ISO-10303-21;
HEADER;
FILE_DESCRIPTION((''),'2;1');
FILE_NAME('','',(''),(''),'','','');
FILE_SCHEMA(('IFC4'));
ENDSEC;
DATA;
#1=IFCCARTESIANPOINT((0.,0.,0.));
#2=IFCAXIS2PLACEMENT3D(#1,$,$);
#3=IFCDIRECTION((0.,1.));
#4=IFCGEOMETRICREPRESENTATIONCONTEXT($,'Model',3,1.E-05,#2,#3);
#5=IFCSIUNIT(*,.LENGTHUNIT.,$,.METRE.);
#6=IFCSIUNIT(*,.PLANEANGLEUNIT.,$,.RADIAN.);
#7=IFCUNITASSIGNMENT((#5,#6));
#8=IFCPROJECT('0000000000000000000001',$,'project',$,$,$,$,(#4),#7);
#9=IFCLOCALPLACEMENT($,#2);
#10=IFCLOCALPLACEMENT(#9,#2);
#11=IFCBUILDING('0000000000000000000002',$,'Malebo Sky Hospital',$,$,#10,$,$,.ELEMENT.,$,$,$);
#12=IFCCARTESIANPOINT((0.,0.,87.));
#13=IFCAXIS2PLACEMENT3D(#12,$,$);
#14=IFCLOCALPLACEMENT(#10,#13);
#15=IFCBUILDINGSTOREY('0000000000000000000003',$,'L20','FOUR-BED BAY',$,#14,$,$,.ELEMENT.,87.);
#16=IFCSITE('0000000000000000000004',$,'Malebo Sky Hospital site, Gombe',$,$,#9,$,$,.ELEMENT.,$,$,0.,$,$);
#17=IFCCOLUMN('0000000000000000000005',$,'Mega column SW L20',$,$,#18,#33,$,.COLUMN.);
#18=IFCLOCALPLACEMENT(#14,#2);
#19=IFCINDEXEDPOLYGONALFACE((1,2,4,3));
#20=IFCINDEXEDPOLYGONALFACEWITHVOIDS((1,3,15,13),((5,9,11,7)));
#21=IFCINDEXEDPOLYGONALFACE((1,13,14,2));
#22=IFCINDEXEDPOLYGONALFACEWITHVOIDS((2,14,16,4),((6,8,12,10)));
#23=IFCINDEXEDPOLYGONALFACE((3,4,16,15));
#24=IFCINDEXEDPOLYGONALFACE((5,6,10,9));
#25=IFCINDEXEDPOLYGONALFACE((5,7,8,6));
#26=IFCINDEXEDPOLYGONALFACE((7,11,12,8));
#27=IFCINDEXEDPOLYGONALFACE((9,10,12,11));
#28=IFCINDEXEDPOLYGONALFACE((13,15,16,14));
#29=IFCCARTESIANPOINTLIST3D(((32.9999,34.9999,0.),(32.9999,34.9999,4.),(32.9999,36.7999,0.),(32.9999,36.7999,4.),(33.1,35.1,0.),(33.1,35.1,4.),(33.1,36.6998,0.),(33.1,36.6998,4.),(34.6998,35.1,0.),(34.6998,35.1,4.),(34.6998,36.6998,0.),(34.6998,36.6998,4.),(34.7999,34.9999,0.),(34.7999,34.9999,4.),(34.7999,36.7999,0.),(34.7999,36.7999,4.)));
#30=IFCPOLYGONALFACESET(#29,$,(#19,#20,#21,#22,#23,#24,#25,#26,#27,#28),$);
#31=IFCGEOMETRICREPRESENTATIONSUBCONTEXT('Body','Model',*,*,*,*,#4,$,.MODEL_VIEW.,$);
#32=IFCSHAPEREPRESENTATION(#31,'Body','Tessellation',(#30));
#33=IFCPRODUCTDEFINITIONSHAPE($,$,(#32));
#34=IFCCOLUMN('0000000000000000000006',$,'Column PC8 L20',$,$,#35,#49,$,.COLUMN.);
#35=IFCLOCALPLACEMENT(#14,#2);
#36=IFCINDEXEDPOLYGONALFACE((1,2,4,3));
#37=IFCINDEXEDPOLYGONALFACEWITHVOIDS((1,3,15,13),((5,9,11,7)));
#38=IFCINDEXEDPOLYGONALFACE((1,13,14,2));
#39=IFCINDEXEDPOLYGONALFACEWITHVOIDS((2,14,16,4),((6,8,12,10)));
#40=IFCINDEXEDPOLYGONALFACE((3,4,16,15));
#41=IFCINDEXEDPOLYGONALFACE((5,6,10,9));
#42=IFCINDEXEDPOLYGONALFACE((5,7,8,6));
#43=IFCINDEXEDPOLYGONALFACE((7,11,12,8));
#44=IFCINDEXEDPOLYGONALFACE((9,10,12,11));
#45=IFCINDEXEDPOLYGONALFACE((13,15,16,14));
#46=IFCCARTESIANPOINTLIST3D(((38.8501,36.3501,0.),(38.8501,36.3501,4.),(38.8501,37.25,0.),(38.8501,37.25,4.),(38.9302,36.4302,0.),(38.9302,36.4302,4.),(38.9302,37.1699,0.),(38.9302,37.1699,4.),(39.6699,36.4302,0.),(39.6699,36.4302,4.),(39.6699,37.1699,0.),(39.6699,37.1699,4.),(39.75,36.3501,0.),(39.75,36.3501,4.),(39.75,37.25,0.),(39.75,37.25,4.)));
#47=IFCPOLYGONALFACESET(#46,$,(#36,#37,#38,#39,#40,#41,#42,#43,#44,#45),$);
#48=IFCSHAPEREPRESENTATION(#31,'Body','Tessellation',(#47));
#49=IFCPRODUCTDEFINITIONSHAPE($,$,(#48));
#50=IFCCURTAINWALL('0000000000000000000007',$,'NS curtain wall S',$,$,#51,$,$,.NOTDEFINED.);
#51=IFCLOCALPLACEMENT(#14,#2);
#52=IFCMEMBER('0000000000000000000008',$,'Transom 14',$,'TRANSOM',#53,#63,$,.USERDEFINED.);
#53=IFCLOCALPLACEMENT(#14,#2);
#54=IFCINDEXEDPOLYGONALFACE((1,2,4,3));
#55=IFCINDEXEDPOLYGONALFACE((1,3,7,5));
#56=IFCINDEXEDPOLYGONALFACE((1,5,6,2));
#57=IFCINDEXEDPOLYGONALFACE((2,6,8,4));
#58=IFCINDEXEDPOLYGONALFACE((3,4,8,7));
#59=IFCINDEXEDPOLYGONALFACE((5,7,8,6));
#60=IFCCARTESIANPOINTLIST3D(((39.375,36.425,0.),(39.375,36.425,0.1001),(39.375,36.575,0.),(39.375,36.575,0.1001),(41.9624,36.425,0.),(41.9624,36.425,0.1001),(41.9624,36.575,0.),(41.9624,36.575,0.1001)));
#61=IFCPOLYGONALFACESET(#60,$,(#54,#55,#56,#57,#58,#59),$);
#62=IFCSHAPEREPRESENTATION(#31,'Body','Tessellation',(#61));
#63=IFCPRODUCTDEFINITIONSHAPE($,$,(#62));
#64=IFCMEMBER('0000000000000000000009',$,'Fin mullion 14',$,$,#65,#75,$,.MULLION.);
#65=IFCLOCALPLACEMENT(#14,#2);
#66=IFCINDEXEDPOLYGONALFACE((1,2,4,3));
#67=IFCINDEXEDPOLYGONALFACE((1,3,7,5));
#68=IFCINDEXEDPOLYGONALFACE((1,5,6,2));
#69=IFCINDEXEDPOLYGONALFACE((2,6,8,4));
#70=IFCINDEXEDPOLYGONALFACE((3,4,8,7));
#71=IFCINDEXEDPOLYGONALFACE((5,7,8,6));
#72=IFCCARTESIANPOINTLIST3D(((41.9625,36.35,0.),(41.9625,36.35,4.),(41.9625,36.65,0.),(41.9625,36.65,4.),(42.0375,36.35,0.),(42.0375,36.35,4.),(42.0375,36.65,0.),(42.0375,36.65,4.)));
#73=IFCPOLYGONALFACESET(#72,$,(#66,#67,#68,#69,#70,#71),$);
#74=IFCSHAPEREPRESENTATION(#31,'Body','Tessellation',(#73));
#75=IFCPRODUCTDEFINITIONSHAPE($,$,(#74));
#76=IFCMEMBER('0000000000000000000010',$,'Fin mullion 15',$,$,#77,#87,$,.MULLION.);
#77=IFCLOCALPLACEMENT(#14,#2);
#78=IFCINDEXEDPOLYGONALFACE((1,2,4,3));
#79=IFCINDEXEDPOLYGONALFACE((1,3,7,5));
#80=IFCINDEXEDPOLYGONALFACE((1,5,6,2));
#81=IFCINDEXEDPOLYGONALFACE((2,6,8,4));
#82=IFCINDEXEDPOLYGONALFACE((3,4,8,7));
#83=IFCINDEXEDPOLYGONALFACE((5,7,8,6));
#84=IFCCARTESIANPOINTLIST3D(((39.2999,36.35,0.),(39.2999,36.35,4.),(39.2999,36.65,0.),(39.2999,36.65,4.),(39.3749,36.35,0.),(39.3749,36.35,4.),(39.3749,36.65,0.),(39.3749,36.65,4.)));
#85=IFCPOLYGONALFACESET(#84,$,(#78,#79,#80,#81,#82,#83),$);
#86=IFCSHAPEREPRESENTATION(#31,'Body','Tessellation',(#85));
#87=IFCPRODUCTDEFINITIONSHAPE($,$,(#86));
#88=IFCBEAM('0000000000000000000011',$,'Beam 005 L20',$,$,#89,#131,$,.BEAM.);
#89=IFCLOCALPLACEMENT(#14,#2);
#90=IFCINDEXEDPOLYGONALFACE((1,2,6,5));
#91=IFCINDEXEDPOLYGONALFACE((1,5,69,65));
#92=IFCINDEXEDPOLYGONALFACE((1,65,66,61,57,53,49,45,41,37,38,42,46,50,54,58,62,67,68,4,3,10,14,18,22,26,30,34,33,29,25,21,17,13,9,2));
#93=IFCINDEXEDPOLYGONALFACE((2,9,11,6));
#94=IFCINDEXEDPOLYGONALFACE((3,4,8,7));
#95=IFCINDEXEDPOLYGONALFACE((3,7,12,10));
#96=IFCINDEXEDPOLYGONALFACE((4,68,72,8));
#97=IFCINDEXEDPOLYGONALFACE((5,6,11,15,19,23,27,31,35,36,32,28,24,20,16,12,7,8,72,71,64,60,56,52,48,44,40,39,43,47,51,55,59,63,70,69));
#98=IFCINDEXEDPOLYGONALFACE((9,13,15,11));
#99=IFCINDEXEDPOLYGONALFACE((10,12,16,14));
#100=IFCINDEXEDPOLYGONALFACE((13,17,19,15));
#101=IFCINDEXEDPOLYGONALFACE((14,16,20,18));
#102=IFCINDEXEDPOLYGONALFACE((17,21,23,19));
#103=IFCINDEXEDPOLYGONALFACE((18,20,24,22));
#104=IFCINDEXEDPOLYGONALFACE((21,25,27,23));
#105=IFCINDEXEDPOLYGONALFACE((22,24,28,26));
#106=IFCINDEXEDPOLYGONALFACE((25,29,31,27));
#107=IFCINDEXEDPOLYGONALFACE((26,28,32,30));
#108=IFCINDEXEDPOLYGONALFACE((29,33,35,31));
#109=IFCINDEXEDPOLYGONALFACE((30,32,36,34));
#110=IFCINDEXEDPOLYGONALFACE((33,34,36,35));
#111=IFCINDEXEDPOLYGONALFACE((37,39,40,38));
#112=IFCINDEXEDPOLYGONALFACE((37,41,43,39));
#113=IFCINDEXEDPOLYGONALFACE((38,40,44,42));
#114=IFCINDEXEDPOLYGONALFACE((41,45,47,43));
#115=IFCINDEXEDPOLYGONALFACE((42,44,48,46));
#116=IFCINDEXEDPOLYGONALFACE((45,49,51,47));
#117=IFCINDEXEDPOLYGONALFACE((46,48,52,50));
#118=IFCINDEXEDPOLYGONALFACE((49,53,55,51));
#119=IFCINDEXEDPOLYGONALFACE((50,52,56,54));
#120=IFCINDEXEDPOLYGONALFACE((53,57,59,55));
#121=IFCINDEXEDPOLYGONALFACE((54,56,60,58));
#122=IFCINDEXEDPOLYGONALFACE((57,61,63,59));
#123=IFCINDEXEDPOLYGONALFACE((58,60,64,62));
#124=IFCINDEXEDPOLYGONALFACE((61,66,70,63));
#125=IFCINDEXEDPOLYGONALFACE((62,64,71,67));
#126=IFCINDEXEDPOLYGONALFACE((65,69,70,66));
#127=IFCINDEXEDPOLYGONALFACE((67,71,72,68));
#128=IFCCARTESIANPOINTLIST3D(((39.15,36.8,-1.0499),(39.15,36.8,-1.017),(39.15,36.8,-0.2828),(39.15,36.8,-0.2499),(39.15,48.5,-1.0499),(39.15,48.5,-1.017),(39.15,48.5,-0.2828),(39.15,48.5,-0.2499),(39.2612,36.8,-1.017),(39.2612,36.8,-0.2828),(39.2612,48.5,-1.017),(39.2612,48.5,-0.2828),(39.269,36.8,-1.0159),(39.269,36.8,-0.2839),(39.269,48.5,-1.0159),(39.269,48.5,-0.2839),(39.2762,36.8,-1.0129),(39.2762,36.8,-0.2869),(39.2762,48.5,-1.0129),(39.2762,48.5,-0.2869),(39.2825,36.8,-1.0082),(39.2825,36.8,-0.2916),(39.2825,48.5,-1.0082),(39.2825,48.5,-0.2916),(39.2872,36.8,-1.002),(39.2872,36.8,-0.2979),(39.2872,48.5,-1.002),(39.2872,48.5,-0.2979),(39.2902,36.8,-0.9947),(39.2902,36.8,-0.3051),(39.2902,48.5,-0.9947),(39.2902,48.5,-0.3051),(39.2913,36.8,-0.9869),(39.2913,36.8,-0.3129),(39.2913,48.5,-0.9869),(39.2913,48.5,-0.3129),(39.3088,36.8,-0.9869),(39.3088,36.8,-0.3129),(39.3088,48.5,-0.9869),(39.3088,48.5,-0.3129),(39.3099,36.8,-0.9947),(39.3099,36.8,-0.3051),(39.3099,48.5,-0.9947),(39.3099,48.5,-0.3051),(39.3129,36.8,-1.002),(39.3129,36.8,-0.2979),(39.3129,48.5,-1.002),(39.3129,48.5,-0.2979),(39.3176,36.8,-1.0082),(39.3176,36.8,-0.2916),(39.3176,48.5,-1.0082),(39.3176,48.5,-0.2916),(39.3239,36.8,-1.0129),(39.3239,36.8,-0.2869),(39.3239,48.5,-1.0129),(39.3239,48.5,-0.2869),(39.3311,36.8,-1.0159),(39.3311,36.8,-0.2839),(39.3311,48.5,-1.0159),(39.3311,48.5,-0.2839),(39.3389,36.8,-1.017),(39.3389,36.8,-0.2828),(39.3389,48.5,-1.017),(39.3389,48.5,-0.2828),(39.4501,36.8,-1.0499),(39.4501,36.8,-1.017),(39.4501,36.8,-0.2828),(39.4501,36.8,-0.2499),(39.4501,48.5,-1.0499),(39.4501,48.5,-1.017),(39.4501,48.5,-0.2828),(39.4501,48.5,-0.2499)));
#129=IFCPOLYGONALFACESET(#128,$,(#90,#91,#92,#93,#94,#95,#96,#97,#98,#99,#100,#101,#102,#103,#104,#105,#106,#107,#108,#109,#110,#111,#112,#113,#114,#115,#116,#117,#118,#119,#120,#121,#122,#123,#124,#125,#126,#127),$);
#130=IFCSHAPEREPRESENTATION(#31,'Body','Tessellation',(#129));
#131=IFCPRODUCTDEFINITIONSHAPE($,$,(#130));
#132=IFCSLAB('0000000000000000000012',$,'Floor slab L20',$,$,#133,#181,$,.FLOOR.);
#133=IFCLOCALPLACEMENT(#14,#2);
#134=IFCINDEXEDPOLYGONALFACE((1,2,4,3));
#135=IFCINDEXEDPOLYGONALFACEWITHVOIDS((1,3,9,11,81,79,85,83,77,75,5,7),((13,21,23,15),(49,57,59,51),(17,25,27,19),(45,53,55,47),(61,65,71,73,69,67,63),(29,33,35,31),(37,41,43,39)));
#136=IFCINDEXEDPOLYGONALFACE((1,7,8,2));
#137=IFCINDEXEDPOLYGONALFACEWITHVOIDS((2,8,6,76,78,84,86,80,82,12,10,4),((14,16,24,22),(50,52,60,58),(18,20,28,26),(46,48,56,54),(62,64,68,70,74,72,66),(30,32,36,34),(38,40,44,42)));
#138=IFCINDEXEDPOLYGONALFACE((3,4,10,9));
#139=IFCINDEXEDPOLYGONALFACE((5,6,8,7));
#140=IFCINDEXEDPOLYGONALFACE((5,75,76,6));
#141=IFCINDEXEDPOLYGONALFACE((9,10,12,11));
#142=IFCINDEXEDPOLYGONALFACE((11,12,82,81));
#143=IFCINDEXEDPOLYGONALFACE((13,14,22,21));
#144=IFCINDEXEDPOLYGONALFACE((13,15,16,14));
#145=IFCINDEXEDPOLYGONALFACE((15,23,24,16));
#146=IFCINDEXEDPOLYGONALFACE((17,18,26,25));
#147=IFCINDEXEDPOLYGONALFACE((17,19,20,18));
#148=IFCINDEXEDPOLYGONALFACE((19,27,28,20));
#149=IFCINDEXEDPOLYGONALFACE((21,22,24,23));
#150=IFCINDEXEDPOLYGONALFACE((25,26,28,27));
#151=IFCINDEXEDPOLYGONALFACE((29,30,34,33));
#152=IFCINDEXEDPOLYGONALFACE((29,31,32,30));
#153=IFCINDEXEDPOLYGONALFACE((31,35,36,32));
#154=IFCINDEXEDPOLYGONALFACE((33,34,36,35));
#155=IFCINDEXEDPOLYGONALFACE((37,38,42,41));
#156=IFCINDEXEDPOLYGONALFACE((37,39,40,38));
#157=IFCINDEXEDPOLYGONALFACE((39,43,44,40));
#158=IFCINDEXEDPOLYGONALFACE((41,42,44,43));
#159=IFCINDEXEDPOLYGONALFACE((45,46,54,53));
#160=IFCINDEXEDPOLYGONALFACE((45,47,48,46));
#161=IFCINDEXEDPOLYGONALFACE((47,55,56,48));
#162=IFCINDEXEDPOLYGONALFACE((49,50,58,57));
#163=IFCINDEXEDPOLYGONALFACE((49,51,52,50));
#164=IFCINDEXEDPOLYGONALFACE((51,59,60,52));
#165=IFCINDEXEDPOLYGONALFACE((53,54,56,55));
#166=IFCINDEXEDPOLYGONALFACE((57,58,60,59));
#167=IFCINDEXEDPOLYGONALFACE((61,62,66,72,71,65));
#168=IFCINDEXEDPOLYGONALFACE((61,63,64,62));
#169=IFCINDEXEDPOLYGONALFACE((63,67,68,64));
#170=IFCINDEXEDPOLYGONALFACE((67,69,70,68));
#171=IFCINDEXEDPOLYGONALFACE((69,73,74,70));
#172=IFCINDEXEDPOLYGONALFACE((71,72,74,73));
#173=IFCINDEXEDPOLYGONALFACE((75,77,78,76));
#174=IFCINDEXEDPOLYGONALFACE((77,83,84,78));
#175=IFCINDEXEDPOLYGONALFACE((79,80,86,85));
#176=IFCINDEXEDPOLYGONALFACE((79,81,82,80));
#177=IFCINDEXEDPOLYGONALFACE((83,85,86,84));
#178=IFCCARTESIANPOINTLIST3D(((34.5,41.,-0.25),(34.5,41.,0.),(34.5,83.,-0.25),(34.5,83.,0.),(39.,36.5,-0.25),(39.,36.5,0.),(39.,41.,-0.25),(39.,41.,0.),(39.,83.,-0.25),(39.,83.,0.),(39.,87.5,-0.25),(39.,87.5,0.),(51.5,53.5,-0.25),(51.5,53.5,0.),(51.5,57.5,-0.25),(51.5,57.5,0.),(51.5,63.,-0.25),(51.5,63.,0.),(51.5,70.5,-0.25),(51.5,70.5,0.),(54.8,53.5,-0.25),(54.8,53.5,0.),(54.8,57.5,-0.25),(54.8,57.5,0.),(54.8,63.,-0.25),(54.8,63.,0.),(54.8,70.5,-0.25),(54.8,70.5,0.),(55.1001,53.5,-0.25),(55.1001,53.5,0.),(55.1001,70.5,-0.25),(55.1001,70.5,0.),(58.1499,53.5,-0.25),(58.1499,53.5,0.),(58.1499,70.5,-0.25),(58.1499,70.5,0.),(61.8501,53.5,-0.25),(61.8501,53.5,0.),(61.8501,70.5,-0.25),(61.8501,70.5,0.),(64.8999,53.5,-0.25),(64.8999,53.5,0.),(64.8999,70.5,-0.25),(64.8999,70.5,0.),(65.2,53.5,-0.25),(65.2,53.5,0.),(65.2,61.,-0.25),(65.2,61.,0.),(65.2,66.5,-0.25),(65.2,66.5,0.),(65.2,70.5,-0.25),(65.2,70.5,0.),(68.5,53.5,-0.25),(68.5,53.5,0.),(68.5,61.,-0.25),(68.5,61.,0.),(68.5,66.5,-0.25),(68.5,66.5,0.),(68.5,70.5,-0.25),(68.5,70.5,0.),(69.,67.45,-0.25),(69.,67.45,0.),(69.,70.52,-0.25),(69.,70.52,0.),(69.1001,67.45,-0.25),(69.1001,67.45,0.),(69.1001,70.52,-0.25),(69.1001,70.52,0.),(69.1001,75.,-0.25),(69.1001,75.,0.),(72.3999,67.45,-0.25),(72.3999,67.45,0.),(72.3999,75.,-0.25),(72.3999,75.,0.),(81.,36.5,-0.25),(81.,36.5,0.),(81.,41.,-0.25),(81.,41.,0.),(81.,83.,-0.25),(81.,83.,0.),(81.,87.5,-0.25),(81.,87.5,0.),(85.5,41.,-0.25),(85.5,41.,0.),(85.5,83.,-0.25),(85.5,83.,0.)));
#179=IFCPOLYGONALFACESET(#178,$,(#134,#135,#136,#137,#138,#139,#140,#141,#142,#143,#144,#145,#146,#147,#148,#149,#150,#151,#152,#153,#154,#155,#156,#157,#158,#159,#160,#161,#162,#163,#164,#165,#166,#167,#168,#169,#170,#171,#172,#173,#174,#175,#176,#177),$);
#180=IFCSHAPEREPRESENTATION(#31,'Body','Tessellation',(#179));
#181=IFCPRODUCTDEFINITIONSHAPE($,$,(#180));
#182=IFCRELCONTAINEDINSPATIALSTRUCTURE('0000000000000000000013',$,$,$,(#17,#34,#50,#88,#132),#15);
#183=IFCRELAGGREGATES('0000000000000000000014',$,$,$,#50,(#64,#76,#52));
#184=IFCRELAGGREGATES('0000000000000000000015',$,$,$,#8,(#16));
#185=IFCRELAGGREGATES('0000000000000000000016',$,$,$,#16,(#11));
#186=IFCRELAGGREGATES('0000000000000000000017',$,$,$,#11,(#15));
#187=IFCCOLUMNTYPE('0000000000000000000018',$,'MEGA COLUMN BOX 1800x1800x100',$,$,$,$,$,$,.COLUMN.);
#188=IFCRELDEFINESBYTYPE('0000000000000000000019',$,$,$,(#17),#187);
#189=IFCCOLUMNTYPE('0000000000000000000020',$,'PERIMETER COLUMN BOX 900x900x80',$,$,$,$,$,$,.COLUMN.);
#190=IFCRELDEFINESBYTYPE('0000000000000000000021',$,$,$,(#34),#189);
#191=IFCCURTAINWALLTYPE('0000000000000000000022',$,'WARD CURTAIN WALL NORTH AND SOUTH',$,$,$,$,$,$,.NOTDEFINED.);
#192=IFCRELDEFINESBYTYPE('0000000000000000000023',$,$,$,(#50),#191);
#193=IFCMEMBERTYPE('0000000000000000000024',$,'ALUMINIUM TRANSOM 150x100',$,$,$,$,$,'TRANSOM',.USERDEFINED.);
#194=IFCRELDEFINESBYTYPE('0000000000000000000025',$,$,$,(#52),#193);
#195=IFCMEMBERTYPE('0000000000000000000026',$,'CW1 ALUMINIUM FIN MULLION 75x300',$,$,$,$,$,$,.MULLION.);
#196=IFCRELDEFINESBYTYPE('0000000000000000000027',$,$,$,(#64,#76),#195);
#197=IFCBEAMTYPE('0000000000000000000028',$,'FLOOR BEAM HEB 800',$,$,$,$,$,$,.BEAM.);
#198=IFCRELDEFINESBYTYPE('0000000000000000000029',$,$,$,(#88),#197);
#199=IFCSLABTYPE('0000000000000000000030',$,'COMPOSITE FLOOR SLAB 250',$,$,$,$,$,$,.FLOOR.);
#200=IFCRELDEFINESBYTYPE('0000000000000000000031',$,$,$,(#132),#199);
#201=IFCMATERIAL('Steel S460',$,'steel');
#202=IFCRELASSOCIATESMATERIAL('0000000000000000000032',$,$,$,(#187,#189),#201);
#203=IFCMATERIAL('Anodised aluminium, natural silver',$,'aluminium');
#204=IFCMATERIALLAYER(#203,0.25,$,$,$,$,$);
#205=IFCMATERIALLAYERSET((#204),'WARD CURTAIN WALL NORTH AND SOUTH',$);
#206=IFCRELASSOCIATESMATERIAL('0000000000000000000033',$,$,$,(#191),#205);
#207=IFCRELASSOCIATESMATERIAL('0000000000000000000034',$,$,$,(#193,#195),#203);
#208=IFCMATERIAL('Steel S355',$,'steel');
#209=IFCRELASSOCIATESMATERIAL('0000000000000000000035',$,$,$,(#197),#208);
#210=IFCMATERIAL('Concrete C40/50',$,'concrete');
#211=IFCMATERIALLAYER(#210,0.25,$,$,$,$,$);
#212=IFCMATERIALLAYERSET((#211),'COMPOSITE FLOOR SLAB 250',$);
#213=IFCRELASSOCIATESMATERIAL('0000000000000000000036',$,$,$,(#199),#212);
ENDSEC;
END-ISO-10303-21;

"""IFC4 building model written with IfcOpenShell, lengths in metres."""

from ifc_helpers import new_model, si_unit, direction, frame, origin, origin_2d, place, context, subcontext, project, spatial, polyline, rectangle, hollow_rectangle, i_section, outline, extrude, material, layer, layer_set, material_profile, profile_set, type_object, element, aggregate, save


model = new_model("IFC4")

# Units and contexts
model_context = context("Model", 3, precision=1e-05, world=origin(), true_north=direction((0.0, 1.0)))
body_context = subcontext(model_context, "Body", "Model", "MODEL_VIEW")
ifc_project = project(units=[si_unit("LENGTHUNIT", "METRE"), si_unit("PLANEANGLEUNIT", "RADIAN")], contexts=[model_context])

# Site, building, storey
site_placement = place(None, origin())
site = spatial("IfcSite", under=ifc_project, at=site_placement, Name="Malebo Sky Hospital site, Gombe", CompositionType="ELEMENT", RefElevation=0.0)
building_placement = place(site_placement, origin())
building = spatial("IfcBuilding", under=site, at=building_placement, Name="Malebo Sky Hospital", CompositionType="ELEMENT")
storey_placement = place(building_placement, frame((0.0, 0.0, 87.0)))
storey = spatial("IfcBuildingStorey", under=building, at=storey_placement, Name="L20", Description="FOUR-BED BAY", CompositionType="ELEMENT", Elevation=87.0)

# Columns
ifc_material_1 = material(Name="Steel S460", Category="steel")
ifc_material_profile_1 = material_profile(ifc_material_1, hollow_rectangle(XDim=1.8, YDim=1.8, WallThickness=0.1001, at=origin_2d()), Name="BOX 1800x1800x100")
ifc_profile_set_1 = profile_set([ifc_material_profile_1], Name="Steel S460")
column_type_1 = type_object("IfcColumnType", Name="MEGA COLUMN BOX 1800x1800x100", PredefinedType="COLUMN", material=ifc_profile_set_1)
column_1_placement = place(storey_placement, frame((33.8999, 35.8999, 0.0), z_axis=(0.0, 0.0, 1.0), x_axis=(1.0, 0.0, 0.0)))
element("IfcColumn", 1, at=column_1_placement, inside=storey, type_object=column_type_1, Name="Mega column SW L20", PredefinedType="COLUMN", context=body_context, shape_type="SweptSolid", body=[
    extrude(hollow_rectangle(XDim=1.8, YDim=1.8, WallThickness=0.1001, at=origin_2d()), origin(), (0.0, 0.0, 1.0), 4.0),
])
ifc_material_profile_2 = material_profile(ifc_material_1, hollow_rectangle(XDim=0.8999, YDim=0.8999, WallThickness=0.0801, at=origin_2d()), Name="BOX 900x900x80")
ifc_profile_set_2 = profile_set([ifc_material_profile_2], Name="Steel S460")
column_type_2 = type_object("IfcColumnType", Name="PERIMETER COLUMN BOX 900x900x80", PredefinedType="COLUMN", material=ifc_profile_set_2)
column_2_placement = place(storey_placement, frame((39.3, 36.8, 0.0), z_axis=(0.0, 0.0, 1.0), x_axis=(1.0, 0.0, 0.0)))
element("IfcColumn", 2, at=column_2_placement, inside=storey, type_object=column_type_2, Name="Column PC8 L20", PredefinedType="COLUMN", context=body_context, shape_type="SweptSolid", body=[
    extrude(hollow_rectangle(XDim=0.8999, YDim=0.8999, WallThickness=0.0801, at=origin_2d()), origin(), (0.0, 0.0, 1.0), 4.0),
])

# Curtain wall, members
ifc_material_2 = material(Name="Anodised aluminium, natural silver", Category="aluminium")
ifc_layer_1 = layer(ifc_material_2, 0.25)
ifc_layer_set_1 = layer_set([ifc_layer_1], Name="WARD CURTAIN WALL NORTH AND SOUTH")
curtain_wall_type = type_object("IfcCurtainWallType", Name="WARD CURTAIN WALL NORTH AND SOUTH", PredefinedType="NOTDEFINED", material=ifc_layer_set_1)
curtain_wall_placement = place(storey_placement, origin())
curtain_wall = element("IfcCurtainWall", 3, at=curtain_wall_placement, inside=storey, type_object=curtain_wall_type, Name="NS curtain wall S", PredefinedType="NOTDEFINED")
ifc_material_profile_3 = material_profile(ifc_material_2, rectangle(XDim=0.1499, YDim=0.1001, at=origin_2d()), Name="ALUMINIUM TRANSOM 150x100")
ifc_profile_set_3 = profile_set([ifc_material_profile_3], Name="Anodised aluminium, natural silver")
member_type_1 = type_object("IfcMemberType", Name="ALUMINIUM TRANSOM 150x100", ElementType="TRANSOM", PredefinedType="USERDEFINED", material=ifc_profile_set_3)
member_1_placement = place(storey_placement, frame((41.9624, 36.5, 0.05), z_axis=(-1.0, 0.0, 0.0), x_axis=(0.0, -1.0, 0.0)))
member_1 = element("IfcMember", 4, at=member_1_placement, type_object=member_type_1, Name="Transom 14", ObjectType="TRANSOM", PredefinedType="USERDEFINED", context=body_context, shape_type="SweptSolid", body=[
    extrude(rectangle(XDim=0.1499, YDim=0.1001, at=origin_2d()), origin(), (0.0, 0.0, 1.0), 2.5874),
])
ifc_material_profile_4 = material_profile(ifc_material_2, rectangle(XDim=0.075, YDim=0.3, at=origin_2d()), Name="CW1 ALUMINIUM FIN MULLION 75x300")
ifc_profile_set_4 = profile_set([ifc_material_profile_4], Name="Anodised aluminium, natural silver")
member_type_2 = type_object("IfcMemberType", Name="CW1 ALUMINIUM FIN MULLION 75x300", PredefinedType="MULLION", material=ifc_profile_set_4)
member_2_placement = place(storey_placement, frame((42.0, 36.5, 0.0), z_axis=(0.0, 0.0, 1.0), x_axis=(-1.0, 0.0, 0.0)))
member_2 = element("IfcMember", 5, at=member_2_placement, type_object=member_type_2, Name="Fin mullion 14", PredefinedType="MULLION", context=body_context, shape_type="SweptSolid", body=[
    extrude(rectangle(XDim=0.075, YDim=0.3, at=origin_2d()), origin(), (0.0, 0.0, 1.0), 4.0),
])
member_3_placement = place(storey_placement, frame((39.3374, 36.5, 0.0), z_axis=(0.0, 0.0, 1.0), x_axis=(-1.0, 0.0, 0.0)))
member_3 = element("IfcMember", 6, at=member_3_placement, type_object=member_type_2, Name="Fin mullion 15", PredefinedType="MULLION", context=body_context, shape_type="SweptSolid", body=[
    extrude(rectangle(XDim=0.075, YDim=0.3, at=origin_2d()), origin(), (0.0, 0.0, 1.0), 4.0),
])

# Beam
ifc_material_3 = material(Name="Steel S355", Category="steel")
ifc_material_profile_5 = material_profile(ifc_material_3, i_section(OverallWidth=0.3, OverallDepth=0.8, WebThickness=0.0176, FlangeThickness=0.033, FilletRadius=0.03, at=origin_2d()), Name="HEB 800")
ifc_profile_set_5 = profile_set([ifc_material_profile_5], Name="Steel S355")
beam_type = type_object("IfcBeamType", Name="FLOOR BEAM HEB 800", PredefinedType="BEAM", material=ifc_profile_set_5)
beam_placement = place(storey_placement, frame((39.3, 36.8, -0.6499), z_axis=(0.0, 1.0, 0.0), x_axis=(-1.0, 0.0, 0.0)))
element("IfcBeam", 7, at=beam_placement, inside=storey, type_object=beam_type, Name="Beam 005 L20", PredefinedType="BEAM", context=body_context, shape_type="SweptSolid", body=[
    extrude(i_section(OverallWidth=0.3, OverallDepth=0.8, WebThickness=0.0176, FlangeThickness=0.033, FilletRadius=0.03, at=origin_2d()), origin(), (0.0, 0.0, 1.0), 11.7),
])

# Slab
ifc_material_4 = material(Name="Concrete C40/50", Category="concrete")
ifc_layer_2 = layer(ifc_material_4, 0.25)
ifc_layer_set_2 = layer_set([ifc_layer_2], Name="COMPOSITE FLOOR SLAB 250")
slab_type_1 = type_object("IfcSlabType", Name="COMPOSITE FLOOR SLAB 250", PredefinedType="FLOOR", material=ifc_layer_set_2)
slab_1_placement = place(storey_placement, frame((0.0, 0.0, -0.25)))
element("IfcSlab", 8, at=slab_1_placement, inside=storey, type_object=slab_type_1, Name="Floor slab L20", PredefinedType="FLOOR", context=body_context, shape_type="SweptSolid", body=[
    extrude(outline(polyline([(39.0, 87.5), (39.0, 83.0), (34.5, 83.0), (34.5, 41.0), (39.0, 41.0), (39.0, 36.5), (81.0, 36.5), (81.0, 41.0), (85.5, 41.0), (85.5, 83.0), (81.0, 83.0), (81.0, 87.5), (39.0, 87.5)]), holes=[polyline([(55.1001, 70.5), (58.1499, 70.5), (58.1499, 53.5), (55.1001, 53.5), (55.1001, 70.5)]), polyline([(64.8999, 70.5), (64.8999, 53.5), (61.8501, 53.5), (61.8501, 70.5), (64.8999, 70.5)]), polyline([(54.8, 63.0), (51.5, 63.0), (51.5, 70.5), (54.8, 70.5), (54.8, 63.0)]), polyline([(51.5, 53.5), (51.5, 57.5), (54.8, 57.5), (54.8, 53.5), (51.5, 53.5)]), polyline([(65.2, 61.0), (68.5, 61.0), (68.5, 53.5), (65.2, 53.5), (65.2, 61.0)]), polyline([(68.5, 70.5), (68.5, 66.5), (65.2, 66.5), (65.2, 70.5), (68.5, 70.5)]), polyline([(69.0, 67.45), (69.0, 70.52), (69.1001, 70.52), (69.1001, 75.0), (72.3999, 75.0), (72.3999, 67.45), (69.1001, 67.45), (69.0, 67.45)])]), origin(), (0.0, 0.0, 1.0), 0.25),
])

aggregate(curtain_wall, [member_2, member_3, member_1])

save(model, "model.ifc")
